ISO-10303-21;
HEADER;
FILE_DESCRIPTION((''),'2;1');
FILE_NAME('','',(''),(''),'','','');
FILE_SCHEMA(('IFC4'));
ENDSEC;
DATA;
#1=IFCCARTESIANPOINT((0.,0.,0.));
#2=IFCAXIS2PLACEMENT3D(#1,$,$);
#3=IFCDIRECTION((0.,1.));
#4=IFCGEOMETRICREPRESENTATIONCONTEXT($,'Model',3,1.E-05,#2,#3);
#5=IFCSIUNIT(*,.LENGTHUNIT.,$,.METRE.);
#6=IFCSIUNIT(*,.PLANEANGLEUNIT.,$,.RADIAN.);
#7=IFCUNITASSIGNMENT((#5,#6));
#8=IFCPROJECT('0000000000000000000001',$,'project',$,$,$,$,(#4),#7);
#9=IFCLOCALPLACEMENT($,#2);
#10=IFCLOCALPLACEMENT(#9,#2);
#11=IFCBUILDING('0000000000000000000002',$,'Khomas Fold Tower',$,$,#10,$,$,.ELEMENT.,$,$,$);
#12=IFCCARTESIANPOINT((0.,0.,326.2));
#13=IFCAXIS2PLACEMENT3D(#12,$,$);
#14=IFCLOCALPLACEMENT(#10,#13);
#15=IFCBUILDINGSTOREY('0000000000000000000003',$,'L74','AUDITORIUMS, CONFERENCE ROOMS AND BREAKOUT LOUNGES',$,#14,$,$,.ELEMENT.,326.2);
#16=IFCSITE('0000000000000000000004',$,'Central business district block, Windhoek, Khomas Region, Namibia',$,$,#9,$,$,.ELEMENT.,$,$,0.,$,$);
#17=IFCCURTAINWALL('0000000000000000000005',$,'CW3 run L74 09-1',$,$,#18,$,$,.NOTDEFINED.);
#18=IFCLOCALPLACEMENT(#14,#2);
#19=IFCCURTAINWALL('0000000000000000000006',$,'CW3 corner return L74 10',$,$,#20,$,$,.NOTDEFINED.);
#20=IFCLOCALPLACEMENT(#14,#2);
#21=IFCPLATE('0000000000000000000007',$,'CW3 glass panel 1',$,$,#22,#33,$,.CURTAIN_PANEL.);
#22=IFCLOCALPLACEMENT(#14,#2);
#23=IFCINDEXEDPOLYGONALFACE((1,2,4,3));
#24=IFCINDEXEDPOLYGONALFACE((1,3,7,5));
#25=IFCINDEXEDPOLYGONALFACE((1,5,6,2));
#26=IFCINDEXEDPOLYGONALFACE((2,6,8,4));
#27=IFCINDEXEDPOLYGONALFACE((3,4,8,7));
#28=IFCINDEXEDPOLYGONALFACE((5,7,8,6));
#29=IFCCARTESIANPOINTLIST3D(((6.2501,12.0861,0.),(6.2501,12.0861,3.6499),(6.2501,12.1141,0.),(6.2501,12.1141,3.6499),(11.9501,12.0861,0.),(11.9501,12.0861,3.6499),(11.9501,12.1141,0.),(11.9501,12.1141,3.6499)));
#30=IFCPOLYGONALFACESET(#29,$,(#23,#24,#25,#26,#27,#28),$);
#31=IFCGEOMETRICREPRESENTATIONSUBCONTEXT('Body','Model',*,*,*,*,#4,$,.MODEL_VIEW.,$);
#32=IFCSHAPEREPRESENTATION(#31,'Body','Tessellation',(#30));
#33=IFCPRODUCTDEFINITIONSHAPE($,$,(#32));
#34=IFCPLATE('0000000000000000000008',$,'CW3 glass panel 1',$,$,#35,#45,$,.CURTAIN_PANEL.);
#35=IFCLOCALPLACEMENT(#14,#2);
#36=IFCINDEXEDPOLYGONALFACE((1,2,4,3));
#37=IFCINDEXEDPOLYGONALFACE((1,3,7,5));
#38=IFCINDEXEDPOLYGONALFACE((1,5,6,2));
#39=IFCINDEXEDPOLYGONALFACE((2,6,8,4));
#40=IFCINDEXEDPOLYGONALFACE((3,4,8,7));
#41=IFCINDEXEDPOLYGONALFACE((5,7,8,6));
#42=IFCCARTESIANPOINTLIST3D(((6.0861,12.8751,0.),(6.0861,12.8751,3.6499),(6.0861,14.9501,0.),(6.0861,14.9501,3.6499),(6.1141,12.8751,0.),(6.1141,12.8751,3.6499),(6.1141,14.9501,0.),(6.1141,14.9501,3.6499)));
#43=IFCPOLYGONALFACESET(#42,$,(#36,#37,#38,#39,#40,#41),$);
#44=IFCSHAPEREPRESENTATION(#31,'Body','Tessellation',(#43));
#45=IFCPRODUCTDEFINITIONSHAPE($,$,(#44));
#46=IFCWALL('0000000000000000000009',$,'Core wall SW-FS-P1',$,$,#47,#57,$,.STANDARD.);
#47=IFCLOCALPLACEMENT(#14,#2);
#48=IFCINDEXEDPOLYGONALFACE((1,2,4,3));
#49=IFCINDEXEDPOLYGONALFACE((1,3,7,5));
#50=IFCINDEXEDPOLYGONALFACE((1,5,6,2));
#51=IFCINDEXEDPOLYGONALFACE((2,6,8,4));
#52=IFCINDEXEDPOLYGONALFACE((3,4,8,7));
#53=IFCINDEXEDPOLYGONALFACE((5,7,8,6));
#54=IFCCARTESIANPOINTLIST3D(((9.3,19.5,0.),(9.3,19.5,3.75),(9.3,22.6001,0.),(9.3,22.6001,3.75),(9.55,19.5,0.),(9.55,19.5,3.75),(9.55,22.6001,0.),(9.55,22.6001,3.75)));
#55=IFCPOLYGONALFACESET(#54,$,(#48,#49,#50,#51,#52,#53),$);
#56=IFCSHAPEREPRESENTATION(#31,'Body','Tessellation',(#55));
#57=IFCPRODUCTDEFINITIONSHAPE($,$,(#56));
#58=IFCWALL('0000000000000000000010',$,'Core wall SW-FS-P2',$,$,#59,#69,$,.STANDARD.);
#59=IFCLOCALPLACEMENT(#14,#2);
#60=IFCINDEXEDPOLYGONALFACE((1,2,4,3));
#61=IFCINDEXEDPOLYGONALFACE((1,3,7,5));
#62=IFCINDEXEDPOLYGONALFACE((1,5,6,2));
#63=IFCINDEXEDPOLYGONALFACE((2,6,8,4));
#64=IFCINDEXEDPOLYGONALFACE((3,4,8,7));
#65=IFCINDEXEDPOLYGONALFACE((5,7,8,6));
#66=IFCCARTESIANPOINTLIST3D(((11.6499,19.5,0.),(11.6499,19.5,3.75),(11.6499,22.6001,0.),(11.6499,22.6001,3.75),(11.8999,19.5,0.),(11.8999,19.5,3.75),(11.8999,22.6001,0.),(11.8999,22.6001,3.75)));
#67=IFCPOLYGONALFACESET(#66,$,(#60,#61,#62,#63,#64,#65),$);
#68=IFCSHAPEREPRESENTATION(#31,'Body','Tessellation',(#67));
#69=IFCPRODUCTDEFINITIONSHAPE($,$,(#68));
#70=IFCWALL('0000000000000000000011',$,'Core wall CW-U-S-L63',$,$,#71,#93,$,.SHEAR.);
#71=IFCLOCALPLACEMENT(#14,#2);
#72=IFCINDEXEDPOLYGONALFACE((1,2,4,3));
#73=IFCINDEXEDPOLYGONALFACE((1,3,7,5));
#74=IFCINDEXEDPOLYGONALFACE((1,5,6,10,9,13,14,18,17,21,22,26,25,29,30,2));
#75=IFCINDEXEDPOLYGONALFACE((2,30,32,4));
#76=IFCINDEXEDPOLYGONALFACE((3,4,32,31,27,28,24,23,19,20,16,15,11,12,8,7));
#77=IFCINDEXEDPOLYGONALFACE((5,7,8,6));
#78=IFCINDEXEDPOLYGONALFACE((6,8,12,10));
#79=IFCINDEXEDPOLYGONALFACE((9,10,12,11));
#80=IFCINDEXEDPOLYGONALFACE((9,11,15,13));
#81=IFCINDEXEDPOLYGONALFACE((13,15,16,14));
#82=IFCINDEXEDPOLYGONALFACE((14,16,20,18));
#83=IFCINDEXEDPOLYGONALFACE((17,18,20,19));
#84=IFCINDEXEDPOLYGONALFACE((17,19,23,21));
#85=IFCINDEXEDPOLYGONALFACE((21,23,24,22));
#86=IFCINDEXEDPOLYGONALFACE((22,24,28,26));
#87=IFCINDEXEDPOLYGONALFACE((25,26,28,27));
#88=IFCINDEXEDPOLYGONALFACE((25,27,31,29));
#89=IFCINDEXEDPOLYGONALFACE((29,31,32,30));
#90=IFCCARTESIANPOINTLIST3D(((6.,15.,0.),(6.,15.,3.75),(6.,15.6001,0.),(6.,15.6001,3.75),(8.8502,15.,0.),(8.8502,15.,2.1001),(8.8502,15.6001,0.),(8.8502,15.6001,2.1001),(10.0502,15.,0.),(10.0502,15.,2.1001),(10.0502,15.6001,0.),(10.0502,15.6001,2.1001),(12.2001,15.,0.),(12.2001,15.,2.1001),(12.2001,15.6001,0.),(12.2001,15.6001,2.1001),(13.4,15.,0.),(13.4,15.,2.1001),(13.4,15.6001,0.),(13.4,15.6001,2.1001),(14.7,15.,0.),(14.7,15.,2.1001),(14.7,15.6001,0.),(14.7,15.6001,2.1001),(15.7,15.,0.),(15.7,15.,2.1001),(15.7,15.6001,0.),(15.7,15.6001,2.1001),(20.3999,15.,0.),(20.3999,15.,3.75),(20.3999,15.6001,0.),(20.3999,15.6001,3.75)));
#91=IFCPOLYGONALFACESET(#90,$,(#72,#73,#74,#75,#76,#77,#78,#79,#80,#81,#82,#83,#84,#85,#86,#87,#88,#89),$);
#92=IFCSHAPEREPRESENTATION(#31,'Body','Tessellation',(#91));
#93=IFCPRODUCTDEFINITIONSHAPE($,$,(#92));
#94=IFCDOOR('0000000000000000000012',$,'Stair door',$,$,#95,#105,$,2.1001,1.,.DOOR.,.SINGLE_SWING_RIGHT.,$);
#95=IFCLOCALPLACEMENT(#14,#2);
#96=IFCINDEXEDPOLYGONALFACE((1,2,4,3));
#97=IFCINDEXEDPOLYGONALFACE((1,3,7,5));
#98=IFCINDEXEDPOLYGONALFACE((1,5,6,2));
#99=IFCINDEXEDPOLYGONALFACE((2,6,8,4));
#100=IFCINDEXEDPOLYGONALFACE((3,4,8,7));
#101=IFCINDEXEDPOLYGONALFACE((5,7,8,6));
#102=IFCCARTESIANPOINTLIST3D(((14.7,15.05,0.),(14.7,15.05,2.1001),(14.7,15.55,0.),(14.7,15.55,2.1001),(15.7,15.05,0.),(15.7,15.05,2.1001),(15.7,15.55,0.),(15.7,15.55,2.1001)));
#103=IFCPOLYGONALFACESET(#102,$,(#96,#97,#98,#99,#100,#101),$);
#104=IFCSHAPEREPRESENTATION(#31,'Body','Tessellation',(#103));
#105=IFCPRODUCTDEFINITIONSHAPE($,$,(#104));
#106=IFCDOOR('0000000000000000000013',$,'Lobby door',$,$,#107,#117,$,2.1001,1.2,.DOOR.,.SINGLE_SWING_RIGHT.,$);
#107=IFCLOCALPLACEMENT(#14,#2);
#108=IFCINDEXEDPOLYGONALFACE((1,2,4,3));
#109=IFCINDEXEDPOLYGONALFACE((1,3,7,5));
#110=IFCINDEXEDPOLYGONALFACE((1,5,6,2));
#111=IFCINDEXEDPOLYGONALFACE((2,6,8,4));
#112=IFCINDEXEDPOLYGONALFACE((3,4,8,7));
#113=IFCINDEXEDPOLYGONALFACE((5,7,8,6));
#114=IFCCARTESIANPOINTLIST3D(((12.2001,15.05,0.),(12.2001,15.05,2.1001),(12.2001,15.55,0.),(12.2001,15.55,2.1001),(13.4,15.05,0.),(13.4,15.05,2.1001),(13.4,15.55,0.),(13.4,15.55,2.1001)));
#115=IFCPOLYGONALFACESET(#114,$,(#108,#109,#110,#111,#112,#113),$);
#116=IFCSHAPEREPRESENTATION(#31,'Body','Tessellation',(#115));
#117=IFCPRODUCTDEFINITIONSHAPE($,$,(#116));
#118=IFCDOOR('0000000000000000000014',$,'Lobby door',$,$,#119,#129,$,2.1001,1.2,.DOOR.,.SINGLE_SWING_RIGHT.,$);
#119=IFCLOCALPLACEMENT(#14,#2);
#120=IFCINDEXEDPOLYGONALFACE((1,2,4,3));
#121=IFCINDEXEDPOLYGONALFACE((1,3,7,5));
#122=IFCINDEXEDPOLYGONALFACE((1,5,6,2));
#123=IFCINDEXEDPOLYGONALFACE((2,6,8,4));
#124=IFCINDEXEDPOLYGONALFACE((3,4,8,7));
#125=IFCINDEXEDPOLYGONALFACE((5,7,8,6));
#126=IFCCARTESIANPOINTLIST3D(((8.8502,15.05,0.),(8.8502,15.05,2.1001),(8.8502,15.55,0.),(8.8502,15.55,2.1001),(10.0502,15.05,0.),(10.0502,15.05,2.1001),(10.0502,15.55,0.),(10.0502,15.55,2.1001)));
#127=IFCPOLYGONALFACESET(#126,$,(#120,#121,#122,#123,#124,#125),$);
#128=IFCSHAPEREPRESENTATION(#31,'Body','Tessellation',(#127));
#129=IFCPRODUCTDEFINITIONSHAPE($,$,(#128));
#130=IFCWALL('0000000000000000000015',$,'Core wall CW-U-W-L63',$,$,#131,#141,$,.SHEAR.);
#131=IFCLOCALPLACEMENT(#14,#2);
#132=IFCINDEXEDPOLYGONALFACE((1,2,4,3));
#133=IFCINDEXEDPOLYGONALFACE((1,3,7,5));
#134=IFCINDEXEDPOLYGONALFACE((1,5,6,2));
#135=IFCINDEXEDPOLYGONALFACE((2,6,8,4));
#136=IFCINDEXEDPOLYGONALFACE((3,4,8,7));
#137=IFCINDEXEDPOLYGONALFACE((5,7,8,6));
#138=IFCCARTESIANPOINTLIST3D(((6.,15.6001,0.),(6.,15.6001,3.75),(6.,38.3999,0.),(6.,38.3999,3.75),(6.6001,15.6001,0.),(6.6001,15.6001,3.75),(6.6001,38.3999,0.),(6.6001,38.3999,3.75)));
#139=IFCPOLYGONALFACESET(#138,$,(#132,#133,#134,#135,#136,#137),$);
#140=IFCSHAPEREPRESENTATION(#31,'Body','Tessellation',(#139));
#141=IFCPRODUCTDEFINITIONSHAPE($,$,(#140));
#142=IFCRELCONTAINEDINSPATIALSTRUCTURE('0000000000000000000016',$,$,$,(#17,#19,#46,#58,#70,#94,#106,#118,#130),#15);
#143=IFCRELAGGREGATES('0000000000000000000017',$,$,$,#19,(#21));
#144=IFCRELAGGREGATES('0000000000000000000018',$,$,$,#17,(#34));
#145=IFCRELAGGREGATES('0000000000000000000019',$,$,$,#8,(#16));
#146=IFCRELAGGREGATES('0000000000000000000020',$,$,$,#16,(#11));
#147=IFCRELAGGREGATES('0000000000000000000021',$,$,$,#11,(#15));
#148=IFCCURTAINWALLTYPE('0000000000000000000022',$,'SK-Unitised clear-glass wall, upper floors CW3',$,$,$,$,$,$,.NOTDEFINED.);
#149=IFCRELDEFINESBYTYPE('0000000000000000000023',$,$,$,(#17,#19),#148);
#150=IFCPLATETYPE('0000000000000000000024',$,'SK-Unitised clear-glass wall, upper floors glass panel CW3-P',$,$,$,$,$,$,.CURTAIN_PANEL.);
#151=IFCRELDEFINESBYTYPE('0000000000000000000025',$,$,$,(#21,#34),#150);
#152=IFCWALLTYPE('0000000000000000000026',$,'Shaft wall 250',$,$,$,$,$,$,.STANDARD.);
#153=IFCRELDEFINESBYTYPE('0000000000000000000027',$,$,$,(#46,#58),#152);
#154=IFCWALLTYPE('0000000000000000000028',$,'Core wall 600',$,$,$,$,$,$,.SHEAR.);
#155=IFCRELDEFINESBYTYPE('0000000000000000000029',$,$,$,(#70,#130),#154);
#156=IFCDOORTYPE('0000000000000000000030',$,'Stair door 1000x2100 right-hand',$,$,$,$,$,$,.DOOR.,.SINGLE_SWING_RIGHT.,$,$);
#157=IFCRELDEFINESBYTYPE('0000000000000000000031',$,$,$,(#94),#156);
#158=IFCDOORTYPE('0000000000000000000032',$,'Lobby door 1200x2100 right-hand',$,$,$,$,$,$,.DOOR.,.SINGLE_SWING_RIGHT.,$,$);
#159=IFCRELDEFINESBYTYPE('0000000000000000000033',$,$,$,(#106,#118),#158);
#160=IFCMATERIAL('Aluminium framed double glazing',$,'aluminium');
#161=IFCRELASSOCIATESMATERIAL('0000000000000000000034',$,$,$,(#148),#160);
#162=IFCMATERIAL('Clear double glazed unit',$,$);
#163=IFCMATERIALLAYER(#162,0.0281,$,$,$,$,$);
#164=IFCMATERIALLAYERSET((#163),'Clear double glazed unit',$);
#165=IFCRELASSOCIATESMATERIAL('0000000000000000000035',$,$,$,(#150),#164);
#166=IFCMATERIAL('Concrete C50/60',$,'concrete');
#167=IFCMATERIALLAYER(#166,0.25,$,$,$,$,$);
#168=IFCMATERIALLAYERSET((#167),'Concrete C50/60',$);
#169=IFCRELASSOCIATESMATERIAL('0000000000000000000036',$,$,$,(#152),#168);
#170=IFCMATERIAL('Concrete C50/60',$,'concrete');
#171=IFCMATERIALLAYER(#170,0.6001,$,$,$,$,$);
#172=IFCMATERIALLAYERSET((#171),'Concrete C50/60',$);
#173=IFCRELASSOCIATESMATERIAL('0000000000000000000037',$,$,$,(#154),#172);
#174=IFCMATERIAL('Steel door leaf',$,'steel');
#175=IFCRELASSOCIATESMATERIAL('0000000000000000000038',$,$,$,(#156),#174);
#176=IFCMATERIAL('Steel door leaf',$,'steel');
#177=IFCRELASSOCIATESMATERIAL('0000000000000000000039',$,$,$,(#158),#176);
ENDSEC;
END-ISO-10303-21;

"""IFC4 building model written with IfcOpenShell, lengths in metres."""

from ifc_helpers import new_model, si_unit, direction, frame, frame_2d, origin, origin_2d, place, context, subcontext, project, spatial, rectangle, extrude, source, transform, mapped, material, layer, layer_set, type_object, element, fill, aggregate, save


model = new_model("IFC4")

# Units and contexts
model_context = context("Model", 3, precision=1e-05, world=origin(), true_north=direction((0.0, 1.0)))
body_context = subcontext(model_context, "Body", "Model", "MODEL_VIEW")
ifc_project = project(units=[si_unit("LENGTHUNIT", "METRE"), si_unit("PLANEANGLEUNIT", "RADIAN")], contexts=[model_context])

# Site, building, storey
site_placement = place(None, origin())
site = spatial("IfcSite", under=ifc_project, at=site_placement, Name="Central business district block, Windhoek, Khomas Region, Namibia", CompositionType="ELEMENT", RefElevation=0.0)
building_placement = place(site_placement, origin())
building = spatial("IfcBuilding", under=site, at=building_placement, Name="Khomas Fold Tower", CompositionType="ELEMENT")
storey_placement = place(building_placement, frame((0.0, 0.0, 326.2)))
storey = spatial("IfcBuildingStorey", under=building, at=storey_placement, Name="L74", Description="AUDITORIUMS, CONFERENCE ROOMS AND BREAKOUT LOUNGES", CompositionType="ELEMENT", Elevation=326.2)

# Curtain wall
ifc_material_1 = material(Name="Aluminium framed double glazing", Category="aluminium")
curtain_wall_type = type_object("IfcCurtainWallType", Name="SK-Unitised clear-glass wall, upper floors CW3", PredefinedType="NOTDEFINED", material=ifc_material_1)
curtain_wall_1_placement = place(storey_placement, origin())
curtain_wall_1 = element("IfcCurtainWall", 1, at=curtain_wall_1_placement, inside=storey, type_object=curtain_wall_type, Name="CW3 run L74 09-1", PredefinedType="NOTDEFINED")

# Curtain wall
curtain_wall_2_placement = place(storey_placement, origin())
curtain_wall_2 = element("IfcCurtainWall", 2, at=curtain_wall_2_placement, inside=storey, type_object=curtain_wall_type, Name="CW3 corner return L74 10", PredefinedType="NOTDEFINED")

# Plates
ifc_material_2 = material(Name="Clear double glazed unit")
ifc_layer_1 = layer(ifc_material_2, 0.0281)
ifc_layer_set_1 = layer_set([ifc_layer_1], Name="Clear double glazed unit")
plate_type = type_object("IfcPlateType", Name="SK-Unitised clear-glass wall, upper floors glass panel CW3-P", PredefinedType="CURTAIN_PANEL", material=ifc_layer_set_1)
shared_shape_1 = source(origin(), body_context, "Body", "SweptSolid", [
    extrude(rectangle(XDim=5.7, YDim=0.0281, at=origin_2d()), origin(), (0.0, 0.0, 1.0), 3.6499),
])
plate_1_placement = place(storey_placement, frame((9.1001, 12.1001, 0.0), z_axis=(0.0, 0.0, 1.0), x_axis=(1.0, 0.0, 0.0)))
plate_1 = element("IfcPlate", 3, at=plate_1_placement, type_object=plate_type, Name="CW3 glass panel 1", PredefinedType="CURTAIN_PANEL", context=body_context, shape_type="MappedRepresentation", body=[
    mapped(shared_shape_1, transform((0.0, 0.0, 0.0))),
])
aggregate(curtain_wall_2, [plate_1])
shared_shape_2 = source(origin(), body_context, "Body", "SweptSolid", [
    extrude(rectangle(XDim=2.075, YDim=0.0281, at=origin_2d()), origin(), (0.0, 0.0, 1.0), 3.6499),
])
plate_2_placement = place(storey_placement, frame((6.1001, 13.9126, 0.0), z_axis=(0.0, 0.0, 1.0), x_axis=(0.0, -1.0, 0.0)))
plate_2 = element("IfcPlate", 4, at=plate_2_placement, type_object=plate_type, Name="CW3 glass panel 1", PredefinedType="CURTAIN_PANEL", context=body_context, shape_type="MappedRepresentation", body=[
    mapped(shared_shape_2, transform((0.0, 0.0, 0.0))),
])
aggregate(curtain_wall_1, [plate_2])

# Walls
ifc_material_3 = material(Name="Concrete C50/60", Category="concrete")
ifc_layer_2 = layer(ifc_material_3, 0.25)
ifc_layer_set_2 = layer_set([ifc_layer_2], Name="Concrete C50/60")
wall_type_1 = type_object("IfcWallType", Name="Shaft wall 250", PredefinedType="STANDARD", material=ifc_layer_set_2)
shared_shape_3 = source(origin(), body_context, "Body", "SweptSolid", [
    extrude(rectangle(XDim=3.1001, YDim=0.25, at=frame_2d((1.55, 0.0))), origin(), (0.0, 0.0, 1.0), 3.75),
])
for number, where, z_axis, x_axis, name in (
    (5, (9.425, 19.5, 0.0), (0.0, 0.0, 1.0), (0.0, 1.0, 0.0), "Core wall SW-FS-P1"),
    (6, (11.7749, 19.5, 0.0), (0.0, 0.0, 1.0), (0.0, 1.0, 0.0), "Core wall SW-FS-P2"),
):
    element("IfcWall", number, at=place(storey_placement, frame(where, z_axis=z_axis, x_axis=x_axis)), inside=storey, type_object=wall_type_1, Name=name, PredefinedType="STANDARD", context=body_context, shape_type="MappedRepresentation", body=[
        mapped(shared_shape_3, transform((0.0, 0.0, 0.0))),
    ])

# Wall, openings, doors
ifc_material_4 = material(Name="Concrete C50/60", Category="concrete")
ifc_layer_3 = layer(ifc_material_4, 0.6001)
ifc_layer_set_3 = layer_set([ifc_layer_3], Name="Concrete C50/60")
wall_type_2 = type_object("IfcWallType", Name="Core wall 600", PredefinedType="SHEAR", material=ifc_layer_set_3)
shared_shape_4 = source(origin(), body_context, "Body", "SweptSolid", [
    extrude(rectangle(XDim=14.3999, YDim=0.6001, at=frame_2d((7.2, 0.0))), origin(), (0.0, 0.0, 1.0), 3.75),
])
wall_1_placement = place(storey_placement, frame((6.0, 15.3, 0.0), z_axis=(0.0, 0.0, 1.0), x_axis=(1.0, 0.0, 0.0)))
wall_1 = element("IfcWall", 7, at=wall_1_placement, inside=storey, type_object=wall_type_2, Name="Core wall CW-U-S-L63", PredefinedType="SHEAR", context=body_context, shape_type="MappedRepresentation", body=[
    mapped(shared_shape_4, transform((0.0, 0.0, 0.0))),
])
shared_shape_5 = source(origin(), body_context, "Body", "SweptSolid", [
    extrude(rectangle(XDim=1.2, YDim=2.1001, at=frame_2d((0.6001, 1.05))), frame((0.0, 0.3101, 0.0), z_axis=(0.0, -1.0, 0.0), x_axis=(1.0, 0.0, 0.0)), (0.0, 0.0, 1.0), 0.6201),
])
opening_1_placement = place(wall_1_placement, frame((6.2, 0.0, 0.0)))
opening_1 = element("IfcOpeningElement", 8, at=opening_1_placement, cuts=wall_1, PredefinedType="OPENING", context=body_context, shape_type="MappedRepresentation", body=[
    mapped(shared_shape_5, transform((0.0, 0.0, 0.0))),
])
opening_2_placement = place(wall_1_placement, frame((2.8501, 0.0, 0.0)))
opening_2 = element("IfcOpeningElement", 9, at=opening_2_placement, cuts=wall_1, PredefinedType="OPENING", context=body_context, shape_type="MappedRepresentation", body=[
    mapped(shared_shape_5, transform((0.0, 0.0, 0.0))),
])
shared_shape_6 = source(origin(), body_context, "Body", "SweptSolid", [
    extrude(rectangle(XDim=1.0, YDim=2.1001, at=frame_2d((0.5, 1.05))), frame((0.0, 0.3101, 0.0), z_axis=(0.0, -1.0, 0.0), x_axis=(1.0, 0.0, 0.0)), (0.0, 0.0, 1.0), 0.6201),
])
opening_3_placement = place(wall_1_placement, frame((8.7, 0.0, 0.0)))
opening_3 = element("IfcOpeningElement", 10, at=opening_3_placement, cuts=wall_1, PredefinedType="OPENING", context=body_context, shape_type="MappedRepresentation", body=[
    mapped(shared_shape_6, transform((0.0, 0.0, 0.0))),
])
ifc_material_5 = material(Name="Steel door leaf", Category="steel")
door_type_1 = type_object("IfcDoorType", Name="Stair door 1000x2100 right-hand", OperationType="SINGLE_SWING_RIGHT", PredefinedType="DOOR", material=ifc_material_5)
shared_shape_7 = source(origin(), body_context, "Body", "SweptSolid", [
    extrude(rectangle(XDim=1.0, YDim=2.1001, at=frame_2d((0.5, 1.05))), frame((0.0, 0.25, 0.0), z_axis=(0.0, -1.0, 0.0), x_axis=(1.0, 0.0, 0.0)), (0.0, 0.0, 1.0), 0.5),
])
door_1_placement = place(opening_3_placement, origin())
door_1 = element("IfcDoor", 11, at=door_1_placement, inside=storey, type_object=door_type_1, Name="Stair door", OperationType="SINGLE_SWING_RIGHT", OverallHeight=2.1001, OverallWidth=1.0, PredefinedType="DOOR", context=body_context, shape_type="MappedRepresentation", body=[
    mapped(shared_shape_7, transform((0.0, 0.0, 0.0))),
])
fill(opening_3, door_1)
ifc_material_6 = material(Name="Steel door leaf", Category="steel")
door_type_2 = type_object("IfcDoorType", Name="Lobby door 1200x2100 right-hand", OperationType="SINGLE_SWING_RIGHT", PredefinedType="DOOR", material=ifc_material_6)
shared_shape_8 = source(origin(), body_context, "Body", "SweptSolid", [
    extrude(rectangle(XDim=1.2, YDim=2.1001, at=frame_2d((0.6001, 1.05))), frame((0.0, 0.25, 0.0), z_axis=(0.0, -1.0, 0.0), x_axis=(1.0, 0.0, 0.0)), (0.0, 0.0, 1.0), 0.5),
])
door_2_placement = place(opening_1_placement, origin())
door_2 = element("IfcDoor", 12, at=door_2_placement, inside=storey, type_object=door_type_2, Name="Lobby door", OperationType="SINGLE_SWING_RIGHT", OverallHeight=2.1001, OverallWidth=1.2, PredefinedType="DOOR", context=body_context, shape_type="MappedRepresentation", body=[
    mapped(shared_shape_8, transform((0.0, 0.0, 0.0))),
])
fill(opening_1, door_2)
door_3_placement = place(opening_2_placement, origin())
door_3 = element("IfcDoor", 13, at=door_3_placement, inside=storey, type_object=door_type_2, Name="Lobby door", OperationType="SINGLE_SWING_RIGHT", OverallHeight=2.1001, OverallWidth=1.2, PredefinedType="DOOR", context=body_context, shape_type="MappedRepresentation", body=[
    mapped(shared_shape_8, transform((0.0, 0.0, 0.0))),
])
fill(opening_2, door_3)

# Wall
shared_shape_9 = source(origin(), body_context, "Body", "SweptSolid", [
    extrude(rectangle(XDim=22.7998, YDim=0.6001, at=frame_2d((11.3999, 0.0))), origin(), (0.0, 0.0, 1.0), 3.75),
])
wall_2_placement = place(storey_placement, frame((6.3, 15.6001, 0.0), z_axis=(0.0, 0.0, 1.0), x_axis=(0.0, 1.0, 0.0)))
element("IfcWall", 14, at=wall_2_placement, inside=storey, type_object=wall_type_2, Name="Core wall CW-U-W-L63", PredefinedType="SHEAR", context=body_context, shape_type="MappedRepresentation", body=[
    mapped(shared_shape_9, transform((0.0, 0.0, 0.0))),
])

save(model, "model.ifc")
